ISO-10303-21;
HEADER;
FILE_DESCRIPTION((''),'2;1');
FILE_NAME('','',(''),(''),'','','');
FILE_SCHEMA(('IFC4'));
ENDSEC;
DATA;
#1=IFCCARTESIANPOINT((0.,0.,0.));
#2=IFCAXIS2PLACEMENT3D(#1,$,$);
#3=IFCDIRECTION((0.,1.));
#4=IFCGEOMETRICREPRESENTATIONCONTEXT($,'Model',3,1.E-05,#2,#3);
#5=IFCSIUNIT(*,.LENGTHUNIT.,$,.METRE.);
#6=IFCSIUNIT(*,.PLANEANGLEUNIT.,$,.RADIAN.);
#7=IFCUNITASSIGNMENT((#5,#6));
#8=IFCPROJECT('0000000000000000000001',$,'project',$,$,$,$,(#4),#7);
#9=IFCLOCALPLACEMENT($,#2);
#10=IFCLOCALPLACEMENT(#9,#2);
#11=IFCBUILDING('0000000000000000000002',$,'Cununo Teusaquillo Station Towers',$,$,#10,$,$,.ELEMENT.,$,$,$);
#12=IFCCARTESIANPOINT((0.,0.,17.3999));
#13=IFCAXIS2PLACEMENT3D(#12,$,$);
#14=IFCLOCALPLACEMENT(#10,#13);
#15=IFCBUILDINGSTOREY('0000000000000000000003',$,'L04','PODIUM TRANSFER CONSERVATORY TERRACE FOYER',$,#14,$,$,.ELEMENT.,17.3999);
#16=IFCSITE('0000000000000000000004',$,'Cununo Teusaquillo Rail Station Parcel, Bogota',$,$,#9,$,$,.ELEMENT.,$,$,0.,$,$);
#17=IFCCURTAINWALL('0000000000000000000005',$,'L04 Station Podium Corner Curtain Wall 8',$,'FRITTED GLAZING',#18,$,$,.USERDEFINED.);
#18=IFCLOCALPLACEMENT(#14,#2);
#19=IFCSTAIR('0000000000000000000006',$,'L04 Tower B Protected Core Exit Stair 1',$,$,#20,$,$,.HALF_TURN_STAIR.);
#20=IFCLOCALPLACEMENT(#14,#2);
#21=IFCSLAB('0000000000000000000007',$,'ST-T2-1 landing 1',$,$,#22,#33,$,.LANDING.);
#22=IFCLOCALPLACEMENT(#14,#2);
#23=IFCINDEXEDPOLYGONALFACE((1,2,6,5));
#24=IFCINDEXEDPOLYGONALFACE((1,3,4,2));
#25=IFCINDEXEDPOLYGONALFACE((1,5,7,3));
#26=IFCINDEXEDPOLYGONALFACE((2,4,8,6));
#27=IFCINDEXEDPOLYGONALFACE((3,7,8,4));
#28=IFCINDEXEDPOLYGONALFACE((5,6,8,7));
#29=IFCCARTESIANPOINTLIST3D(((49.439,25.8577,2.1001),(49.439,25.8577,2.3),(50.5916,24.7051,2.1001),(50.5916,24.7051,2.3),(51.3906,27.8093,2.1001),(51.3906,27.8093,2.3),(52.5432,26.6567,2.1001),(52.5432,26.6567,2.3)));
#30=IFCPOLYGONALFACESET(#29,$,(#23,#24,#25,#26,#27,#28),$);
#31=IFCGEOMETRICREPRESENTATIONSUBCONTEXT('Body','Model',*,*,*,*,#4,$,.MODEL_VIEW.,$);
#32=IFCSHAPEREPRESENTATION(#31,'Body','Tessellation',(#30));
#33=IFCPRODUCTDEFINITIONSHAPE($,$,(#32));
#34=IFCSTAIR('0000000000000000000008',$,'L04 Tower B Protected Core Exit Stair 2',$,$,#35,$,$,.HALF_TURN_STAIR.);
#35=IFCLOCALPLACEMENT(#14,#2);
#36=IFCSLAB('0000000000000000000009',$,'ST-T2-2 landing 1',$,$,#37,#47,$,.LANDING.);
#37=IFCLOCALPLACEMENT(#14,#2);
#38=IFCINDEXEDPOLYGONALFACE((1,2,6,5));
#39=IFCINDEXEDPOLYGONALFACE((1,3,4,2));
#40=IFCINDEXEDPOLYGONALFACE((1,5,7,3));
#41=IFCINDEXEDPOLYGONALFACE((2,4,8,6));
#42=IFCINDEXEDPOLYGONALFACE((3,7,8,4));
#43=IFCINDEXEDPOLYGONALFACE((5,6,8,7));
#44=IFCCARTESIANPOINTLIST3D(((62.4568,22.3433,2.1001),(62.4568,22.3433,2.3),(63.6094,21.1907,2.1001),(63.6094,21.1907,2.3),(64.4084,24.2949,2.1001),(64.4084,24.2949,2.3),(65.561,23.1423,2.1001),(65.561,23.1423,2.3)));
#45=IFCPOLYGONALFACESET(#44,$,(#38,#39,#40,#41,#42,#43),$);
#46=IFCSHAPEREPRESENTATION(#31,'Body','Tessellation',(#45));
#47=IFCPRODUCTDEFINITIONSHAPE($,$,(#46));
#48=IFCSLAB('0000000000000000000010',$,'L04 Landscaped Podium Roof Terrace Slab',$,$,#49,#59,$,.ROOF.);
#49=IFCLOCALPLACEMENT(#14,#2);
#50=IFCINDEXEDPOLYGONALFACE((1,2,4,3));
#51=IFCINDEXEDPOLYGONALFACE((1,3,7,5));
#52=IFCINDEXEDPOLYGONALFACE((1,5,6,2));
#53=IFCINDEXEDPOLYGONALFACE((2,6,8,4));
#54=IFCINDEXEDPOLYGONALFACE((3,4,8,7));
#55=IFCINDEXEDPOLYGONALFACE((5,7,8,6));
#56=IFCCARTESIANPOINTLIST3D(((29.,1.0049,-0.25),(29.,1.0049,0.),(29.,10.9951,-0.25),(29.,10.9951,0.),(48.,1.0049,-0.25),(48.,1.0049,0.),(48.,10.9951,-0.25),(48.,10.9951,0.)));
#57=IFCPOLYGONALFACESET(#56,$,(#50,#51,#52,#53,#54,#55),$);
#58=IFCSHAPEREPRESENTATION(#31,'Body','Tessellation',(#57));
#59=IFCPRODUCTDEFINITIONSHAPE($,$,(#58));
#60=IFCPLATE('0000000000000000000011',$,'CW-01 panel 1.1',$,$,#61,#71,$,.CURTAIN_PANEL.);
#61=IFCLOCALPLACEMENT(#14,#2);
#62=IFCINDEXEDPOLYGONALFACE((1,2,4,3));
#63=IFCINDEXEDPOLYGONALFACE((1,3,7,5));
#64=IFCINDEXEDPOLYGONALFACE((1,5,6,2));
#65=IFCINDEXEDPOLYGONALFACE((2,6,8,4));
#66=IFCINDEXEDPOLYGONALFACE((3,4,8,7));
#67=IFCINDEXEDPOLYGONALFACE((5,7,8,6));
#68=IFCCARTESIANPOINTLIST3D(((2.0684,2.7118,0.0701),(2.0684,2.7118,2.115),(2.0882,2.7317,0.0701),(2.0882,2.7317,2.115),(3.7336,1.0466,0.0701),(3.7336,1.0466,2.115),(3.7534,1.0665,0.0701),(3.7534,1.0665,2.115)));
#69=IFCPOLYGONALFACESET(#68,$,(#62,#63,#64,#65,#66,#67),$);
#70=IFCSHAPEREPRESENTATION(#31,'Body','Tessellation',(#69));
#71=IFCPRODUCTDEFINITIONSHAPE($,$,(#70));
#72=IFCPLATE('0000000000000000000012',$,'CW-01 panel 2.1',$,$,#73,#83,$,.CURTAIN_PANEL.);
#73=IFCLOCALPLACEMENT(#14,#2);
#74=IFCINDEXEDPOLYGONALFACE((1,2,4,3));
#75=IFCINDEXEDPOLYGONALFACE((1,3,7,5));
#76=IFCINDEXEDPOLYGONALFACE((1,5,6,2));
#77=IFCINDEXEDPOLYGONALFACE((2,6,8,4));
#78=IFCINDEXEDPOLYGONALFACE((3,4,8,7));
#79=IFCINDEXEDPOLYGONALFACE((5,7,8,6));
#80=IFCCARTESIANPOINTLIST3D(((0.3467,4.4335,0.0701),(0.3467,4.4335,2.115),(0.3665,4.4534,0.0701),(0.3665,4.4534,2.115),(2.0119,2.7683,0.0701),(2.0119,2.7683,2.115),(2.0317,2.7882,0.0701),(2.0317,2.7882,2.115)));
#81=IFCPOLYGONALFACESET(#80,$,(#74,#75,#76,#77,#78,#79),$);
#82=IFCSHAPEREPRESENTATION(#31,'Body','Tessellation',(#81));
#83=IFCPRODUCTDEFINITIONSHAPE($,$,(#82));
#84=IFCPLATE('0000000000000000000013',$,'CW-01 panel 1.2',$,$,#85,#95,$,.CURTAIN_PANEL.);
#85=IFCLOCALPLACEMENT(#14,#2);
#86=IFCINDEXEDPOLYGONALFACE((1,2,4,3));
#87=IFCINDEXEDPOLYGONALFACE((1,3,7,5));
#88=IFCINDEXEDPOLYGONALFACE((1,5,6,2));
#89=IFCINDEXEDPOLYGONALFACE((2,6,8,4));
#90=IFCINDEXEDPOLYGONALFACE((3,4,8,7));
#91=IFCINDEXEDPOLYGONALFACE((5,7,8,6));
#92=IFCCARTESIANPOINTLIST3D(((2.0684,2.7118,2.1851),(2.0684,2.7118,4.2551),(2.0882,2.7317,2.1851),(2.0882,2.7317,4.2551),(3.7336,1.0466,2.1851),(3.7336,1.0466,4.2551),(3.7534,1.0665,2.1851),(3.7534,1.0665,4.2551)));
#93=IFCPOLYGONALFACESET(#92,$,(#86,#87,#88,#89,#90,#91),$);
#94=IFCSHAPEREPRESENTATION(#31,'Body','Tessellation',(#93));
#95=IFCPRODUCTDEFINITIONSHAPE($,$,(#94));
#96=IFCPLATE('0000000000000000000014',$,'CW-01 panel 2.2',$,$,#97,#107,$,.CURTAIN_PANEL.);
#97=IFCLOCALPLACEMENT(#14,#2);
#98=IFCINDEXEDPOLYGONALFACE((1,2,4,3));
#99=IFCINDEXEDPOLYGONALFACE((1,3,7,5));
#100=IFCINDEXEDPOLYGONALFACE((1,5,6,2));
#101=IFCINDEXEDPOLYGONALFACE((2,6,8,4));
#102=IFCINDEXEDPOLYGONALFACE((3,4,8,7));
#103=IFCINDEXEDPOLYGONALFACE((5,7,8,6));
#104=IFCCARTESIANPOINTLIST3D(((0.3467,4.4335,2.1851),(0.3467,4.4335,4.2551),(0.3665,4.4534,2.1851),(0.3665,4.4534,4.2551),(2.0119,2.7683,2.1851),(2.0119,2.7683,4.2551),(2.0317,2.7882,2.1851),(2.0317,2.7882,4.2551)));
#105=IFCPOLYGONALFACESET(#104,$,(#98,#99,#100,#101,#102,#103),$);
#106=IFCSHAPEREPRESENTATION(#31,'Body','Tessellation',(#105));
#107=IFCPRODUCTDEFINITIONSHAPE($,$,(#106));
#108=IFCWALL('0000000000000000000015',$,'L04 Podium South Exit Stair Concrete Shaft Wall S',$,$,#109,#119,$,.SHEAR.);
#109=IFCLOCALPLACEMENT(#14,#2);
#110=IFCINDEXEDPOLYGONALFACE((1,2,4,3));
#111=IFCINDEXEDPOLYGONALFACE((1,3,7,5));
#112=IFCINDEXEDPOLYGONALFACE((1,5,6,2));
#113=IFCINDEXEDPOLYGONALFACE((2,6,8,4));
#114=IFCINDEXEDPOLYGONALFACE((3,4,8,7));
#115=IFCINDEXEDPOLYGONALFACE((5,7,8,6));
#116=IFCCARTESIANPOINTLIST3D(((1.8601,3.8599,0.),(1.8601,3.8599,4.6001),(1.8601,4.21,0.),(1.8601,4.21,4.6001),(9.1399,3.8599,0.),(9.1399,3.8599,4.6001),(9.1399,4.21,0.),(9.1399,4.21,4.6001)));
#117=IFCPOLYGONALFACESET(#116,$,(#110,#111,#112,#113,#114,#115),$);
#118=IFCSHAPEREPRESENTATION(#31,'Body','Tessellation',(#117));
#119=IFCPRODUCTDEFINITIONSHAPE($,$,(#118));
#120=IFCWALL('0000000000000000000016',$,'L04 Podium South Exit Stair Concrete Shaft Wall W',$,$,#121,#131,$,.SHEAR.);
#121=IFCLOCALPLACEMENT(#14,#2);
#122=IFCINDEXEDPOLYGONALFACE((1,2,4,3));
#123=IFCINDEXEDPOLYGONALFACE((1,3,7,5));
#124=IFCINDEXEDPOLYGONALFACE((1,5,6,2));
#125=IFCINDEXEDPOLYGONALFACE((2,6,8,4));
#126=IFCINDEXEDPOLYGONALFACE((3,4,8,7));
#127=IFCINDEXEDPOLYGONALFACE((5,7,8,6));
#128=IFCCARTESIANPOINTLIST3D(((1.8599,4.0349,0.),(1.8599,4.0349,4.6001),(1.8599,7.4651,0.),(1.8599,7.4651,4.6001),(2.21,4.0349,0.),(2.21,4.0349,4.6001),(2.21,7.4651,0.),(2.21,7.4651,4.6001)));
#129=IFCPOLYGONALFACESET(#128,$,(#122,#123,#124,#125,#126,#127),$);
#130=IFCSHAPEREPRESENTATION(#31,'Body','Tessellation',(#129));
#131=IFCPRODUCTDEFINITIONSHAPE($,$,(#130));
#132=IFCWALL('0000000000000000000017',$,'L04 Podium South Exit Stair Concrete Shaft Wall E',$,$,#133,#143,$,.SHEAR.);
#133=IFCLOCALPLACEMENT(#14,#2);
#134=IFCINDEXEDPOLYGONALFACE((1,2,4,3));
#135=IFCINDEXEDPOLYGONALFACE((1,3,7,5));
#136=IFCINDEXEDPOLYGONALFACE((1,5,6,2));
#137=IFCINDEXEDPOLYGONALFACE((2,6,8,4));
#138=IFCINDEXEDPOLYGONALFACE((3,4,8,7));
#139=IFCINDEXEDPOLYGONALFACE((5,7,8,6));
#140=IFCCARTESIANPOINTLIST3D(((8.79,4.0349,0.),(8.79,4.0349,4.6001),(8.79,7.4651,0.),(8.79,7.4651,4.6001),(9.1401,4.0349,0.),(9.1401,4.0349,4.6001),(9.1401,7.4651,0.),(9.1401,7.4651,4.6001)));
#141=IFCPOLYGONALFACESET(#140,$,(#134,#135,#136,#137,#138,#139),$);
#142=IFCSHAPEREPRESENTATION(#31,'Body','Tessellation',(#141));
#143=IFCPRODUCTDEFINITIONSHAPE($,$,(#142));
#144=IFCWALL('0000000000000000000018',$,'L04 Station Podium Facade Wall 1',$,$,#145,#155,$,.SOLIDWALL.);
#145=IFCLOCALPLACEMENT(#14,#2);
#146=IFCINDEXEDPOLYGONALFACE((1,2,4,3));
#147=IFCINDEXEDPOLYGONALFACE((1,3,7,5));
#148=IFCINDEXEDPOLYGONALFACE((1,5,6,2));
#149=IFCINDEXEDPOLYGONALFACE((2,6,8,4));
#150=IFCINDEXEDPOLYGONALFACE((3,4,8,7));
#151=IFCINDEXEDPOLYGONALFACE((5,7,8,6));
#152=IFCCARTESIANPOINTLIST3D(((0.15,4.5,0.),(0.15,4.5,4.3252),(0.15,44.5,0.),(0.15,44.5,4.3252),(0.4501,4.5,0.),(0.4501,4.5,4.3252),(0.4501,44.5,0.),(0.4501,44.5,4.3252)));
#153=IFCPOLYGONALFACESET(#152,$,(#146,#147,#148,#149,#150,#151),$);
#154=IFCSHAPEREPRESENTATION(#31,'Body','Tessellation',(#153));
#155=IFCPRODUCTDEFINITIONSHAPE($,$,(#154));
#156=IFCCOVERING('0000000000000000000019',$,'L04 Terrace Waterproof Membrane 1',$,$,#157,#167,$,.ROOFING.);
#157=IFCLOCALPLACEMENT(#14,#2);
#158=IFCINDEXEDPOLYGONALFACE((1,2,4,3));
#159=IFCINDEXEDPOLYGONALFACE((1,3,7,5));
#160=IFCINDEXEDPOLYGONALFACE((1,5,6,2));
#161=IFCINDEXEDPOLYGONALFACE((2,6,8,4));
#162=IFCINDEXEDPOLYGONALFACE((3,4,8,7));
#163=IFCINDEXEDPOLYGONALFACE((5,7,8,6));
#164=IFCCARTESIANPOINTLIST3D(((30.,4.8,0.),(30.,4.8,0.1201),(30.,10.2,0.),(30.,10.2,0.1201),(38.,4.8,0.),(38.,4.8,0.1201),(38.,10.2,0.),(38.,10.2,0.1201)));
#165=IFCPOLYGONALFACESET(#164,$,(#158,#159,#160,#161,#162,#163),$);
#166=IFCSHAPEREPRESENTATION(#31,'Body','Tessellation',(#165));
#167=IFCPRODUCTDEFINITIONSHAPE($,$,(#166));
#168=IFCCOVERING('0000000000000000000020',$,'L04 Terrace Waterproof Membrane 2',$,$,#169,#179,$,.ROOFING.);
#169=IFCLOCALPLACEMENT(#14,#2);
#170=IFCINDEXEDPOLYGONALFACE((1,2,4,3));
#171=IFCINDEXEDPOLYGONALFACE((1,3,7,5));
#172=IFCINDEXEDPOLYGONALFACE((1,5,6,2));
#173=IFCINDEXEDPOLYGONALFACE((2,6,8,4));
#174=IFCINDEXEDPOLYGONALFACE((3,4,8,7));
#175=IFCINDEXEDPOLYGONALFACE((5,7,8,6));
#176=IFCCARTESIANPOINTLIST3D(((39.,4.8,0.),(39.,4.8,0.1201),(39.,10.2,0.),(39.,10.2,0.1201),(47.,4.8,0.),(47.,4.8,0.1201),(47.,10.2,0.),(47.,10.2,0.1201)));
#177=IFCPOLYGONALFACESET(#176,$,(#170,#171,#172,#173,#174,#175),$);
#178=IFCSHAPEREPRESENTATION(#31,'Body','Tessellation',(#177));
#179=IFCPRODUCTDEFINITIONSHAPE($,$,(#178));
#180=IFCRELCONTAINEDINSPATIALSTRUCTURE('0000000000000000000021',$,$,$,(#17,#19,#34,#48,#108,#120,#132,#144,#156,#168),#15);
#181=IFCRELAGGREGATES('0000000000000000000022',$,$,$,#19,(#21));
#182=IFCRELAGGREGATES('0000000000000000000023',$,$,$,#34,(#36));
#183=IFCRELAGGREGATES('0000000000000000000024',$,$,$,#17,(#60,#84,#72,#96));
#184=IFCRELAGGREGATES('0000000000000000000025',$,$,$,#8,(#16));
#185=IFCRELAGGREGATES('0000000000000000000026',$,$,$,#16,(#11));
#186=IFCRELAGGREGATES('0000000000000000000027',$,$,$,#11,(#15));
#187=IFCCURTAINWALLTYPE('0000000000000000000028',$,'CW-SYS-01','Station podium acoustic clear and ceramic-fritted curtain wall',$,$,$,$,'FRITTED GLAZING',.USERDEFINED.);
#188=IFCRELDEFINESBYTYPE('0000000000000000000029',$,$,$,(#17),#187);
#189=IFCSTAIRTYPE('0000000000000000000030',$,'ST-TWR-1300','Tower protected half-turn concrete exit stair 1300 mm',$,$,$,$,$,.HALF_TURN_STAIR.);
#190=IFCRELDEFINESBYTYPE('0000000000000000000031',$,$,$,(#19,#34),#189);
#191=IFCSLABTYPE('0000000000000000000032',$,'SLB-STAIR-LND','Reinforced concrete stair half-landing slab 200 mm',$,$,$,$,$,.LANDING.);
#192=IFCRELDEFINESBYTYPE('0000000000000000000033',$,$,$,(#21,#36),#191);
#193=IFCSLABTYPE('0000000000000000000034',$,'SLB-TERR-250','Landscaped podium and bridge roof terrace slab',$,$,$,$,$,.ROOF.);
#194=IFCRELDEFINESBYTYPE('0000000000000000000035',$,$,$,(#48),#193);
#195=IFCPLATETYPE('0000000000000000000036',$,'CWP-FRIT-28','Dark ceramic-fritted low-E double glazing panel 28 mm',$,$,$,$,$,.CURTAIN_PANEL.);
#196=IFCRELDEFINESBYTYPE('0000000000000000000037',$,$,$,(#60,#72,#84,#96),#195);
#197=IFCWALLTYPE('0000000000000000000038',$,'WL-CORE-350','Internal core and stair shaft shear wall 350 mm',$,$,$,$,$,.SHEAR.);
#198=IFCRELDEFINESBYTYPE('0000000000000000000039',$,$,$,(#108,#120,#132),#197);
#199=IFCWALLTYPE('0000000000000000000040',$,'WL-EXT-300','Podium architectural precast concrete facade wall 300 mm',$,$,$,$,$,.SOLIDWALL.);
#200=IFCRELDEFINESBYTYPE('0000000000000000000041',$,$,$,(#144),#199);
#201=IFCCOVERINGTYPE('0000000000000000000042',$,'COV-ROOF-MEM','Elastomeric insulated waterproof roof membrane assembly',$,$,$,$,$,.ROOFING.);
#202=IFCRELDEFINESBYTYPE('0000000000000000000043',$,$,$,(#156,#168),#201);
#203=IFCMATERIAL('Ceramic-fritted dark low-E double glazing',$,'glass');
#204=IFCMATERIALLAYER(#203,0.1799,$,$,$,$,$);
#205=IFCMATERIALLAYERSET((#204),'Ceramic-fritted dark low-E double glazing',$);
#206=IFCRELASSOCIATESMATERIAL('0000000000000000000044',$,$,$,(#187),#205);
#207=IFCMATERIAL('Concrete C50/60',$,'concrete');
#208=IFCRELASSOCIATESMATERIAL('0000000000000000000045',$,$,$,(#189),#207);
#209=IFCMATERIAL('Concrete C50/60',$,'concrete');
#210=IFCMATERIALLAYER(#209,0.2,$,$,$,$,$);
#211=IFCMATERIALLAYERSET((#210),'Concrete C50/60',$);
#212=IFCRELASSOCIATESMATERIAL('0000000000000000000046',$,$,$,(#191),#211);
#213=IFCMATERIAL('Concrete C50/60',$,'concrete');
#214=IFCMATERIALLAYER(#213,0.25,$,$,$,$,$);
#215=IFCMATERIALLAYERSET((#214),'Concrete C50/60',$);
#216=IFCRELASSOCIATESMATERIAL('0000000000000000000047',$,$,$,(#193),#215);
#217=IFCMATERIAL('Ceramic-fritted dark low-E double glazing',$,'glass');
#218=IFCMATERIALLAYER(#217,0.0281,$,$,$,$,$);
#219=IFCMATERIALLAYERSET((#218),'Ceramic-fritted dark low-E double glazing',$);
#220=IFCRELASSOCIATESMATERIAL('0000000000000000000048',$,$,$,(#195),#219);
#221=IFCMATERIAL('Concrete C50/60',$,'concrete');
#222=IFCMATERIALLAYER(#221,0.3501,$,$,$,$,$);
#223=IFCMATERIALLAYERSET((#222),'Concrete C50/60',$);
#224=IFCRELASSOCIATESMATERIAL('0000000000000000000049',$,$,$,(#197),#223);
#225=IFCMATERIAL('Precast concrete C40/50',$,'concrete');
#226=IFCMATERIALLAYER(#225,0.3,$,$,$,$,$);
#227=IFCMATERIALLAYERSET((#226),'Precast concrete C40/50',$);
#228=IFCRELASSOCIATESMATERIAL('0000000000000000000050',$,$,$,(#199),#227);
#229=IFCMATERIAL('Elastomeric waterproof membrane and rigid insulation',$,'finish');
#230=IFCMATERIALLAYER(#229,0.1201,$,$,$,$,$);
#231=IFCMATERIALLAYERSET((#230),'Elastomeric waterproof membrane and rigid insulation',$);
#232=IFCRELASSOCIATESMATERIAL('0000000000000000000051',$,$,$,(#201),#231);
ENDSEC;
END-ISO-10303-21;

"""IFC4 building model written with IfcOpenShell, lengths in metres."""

from ifc_helpers import new_model, si_unit, direction, frame, frame_2d, origin, origin_2d, place, context, subcontext, project, spatial, polyline, rectangle, outline, extrude, source, transform, mapped, material, layer, layer_set, type_object, element, aggregate, save


model = new_model("IFC4")

# Units and contexts
model_context = context("Model", 3, precision=1e-05, world=origin(), true_north=direction((0.0, 1.0)))
body_context = subcontext(model_context, "Body", "Model", "MODEL_VIEW")
ifc_project = project(units=[si_unit("LENGTHUNIT", "METRE"), si_unit("PLANEANGLEUNIT", "RADIAN")], contexts=[model_context])

# Site, building, storey
site_placement = place(None, origin())
site = spatial("IfcSite", under=ifc_project, at=site_placement, Name="Cununo Teusaquillo Rail Station Parcel, Bogota", CompositionType="ELEMENT", RefElevation=0.0)
building_placement = place(site_placement, origin())
building = spatial("IfcBuilding", under=site, at=building_placement, Name="Cununo Teusaquillo Station Towers", CompositionType="ELEMENT")
storey_placement = place(building_placement, frame((0.0, 0.0, 17.3999)))
storey = spatial("IfcBuildingStorey", under=building, at=storey_placement, Name="L04", Description="PODIUM TRANSFER CONSERVATORY TERRACE FOYER", CompositionType="ELEMENT", Elevation=17.3999)

# Curtain wall
ifc_material_1 = material(Name="Ceramic-fritted dark low-E double glazing", Category="glass")
ifc_layer_1 = layer(ifc_material_1, 0.1799)
ifc_layer_set_1 = layer_set([ifc_layer_1], Name="Ceramic-fritted dark low-E double glazing")
curtain_wall_type = type_object("IfcCurtainWallType", Name="CW-SYS-01", Description="Station podium acoustic clear and ceramic-fritted curtain wall", ElementType="FRITTED GLAZING", PredefinedType="USERDEFINED", material=ifc_layer_set_1)
curtain_wall_placement = place(storey_placement, origin())
curtain_wall = element("IfcCurtainWall", 1, at=curtain_wall_placement, inside=storey, type_object=curtain_wall_type, Name="L04 Station Podium Corner Curtain Wall 8", ObjectType="FRITTED GLAZING", PredefinedType="USERDEFINED")

# Stairs, slabs
ifc_material_2 = material(Name="Concrete C50/60", Category="concrete")
stair_type = type_object("IfcStairType", Name="ST-TWR-1300", Description="Tower protected half-turn concrete exit stair 1300 mm", PredefinedType="HALF_TURN_STAIR", material=ifc_material_2)
ifc_material_3 = material(Name="Concrete C50/60", Category="concrete")
ifc_layer_2 = layer(ifc_material_3, 0.2)
ifc_layer_set_2 = layer_set([ifc_layer_2], Name="Concrete C50/60")
slab_type_1 = type_object("IfcSlabType", Name="SLB-STAIR-LND", Description="Reinforced concrete stair half-landing slab 200 mm", PredefinedType="LANDING", material=ifc_layer_set_2)
stair_1_placement = place(storey_placement, origin())
stair_1 = element("IfcStair", 2, at=stair_1_placement, inside=storey, type_object=stair_type, Name="L04 Tower B Protected Core Exit Stair 1", PredefinedType="HALF_TURN_STAIR")
slab_1_placement = place(storey_placement, frame((0.0, 0.0, 2.1001)))
slab_1 = element("IfcSlab", 3, at=slab_1_placement, type_object=slab_type_1, Name="ST-T2-1 landing 1", PredefinedType="LANDING", context=body_context, shape_type="SweptSolid", body=[
    extrude(outline(polyline([(52.5432, 26.6567), (51.3906, 27.8093), (49.439, 25.8577), (50.5916, 24.7051), (52.5432, 26.6567)])), origin(), (0.0, 0.0, 1.0), 0.2),
])
aggregate(stair_1, [slab_1])
stair_2_placement = place(storey_placement, origin())
stair_2 = element("IfcStair", 4, at=stair_2_placement, inside=storey, type_object=stair_type, Name="L04 Tower B Protected Core Exit Stair 2", PredefinedType="HALF_TURN_STAIR")
slab_2_placement = place(storey_placement, frame((0.0, 0.0, 2.1001)))
slab_2 = element("IfcSlab", 5, at=slab_2_placement, type_object=slab_type_1, Name="ST-T2-2 landing 1", PredefinedType="LANDING", context=body_context, shape_type="SweptSolid", body=[
    extrude(outline(polyline([(62.4568, 22.3433), (63.6094, 21.1907), (65.561, 23.1423), (64.4084, 24.2949), (62.4568, 22.3433)])), origin(), (0.0, 0.0, 1.0), 0.2),
])
aggregate(stair_2, [slab_2])

# Slab
ifc_material_4 = material(Name="Concrete C50/60", Category="concrete")
ifc_layer_3 = layer(ifc_material_4, 0.25)
ifc_layer_set_3 = layer_set([ifc_layer_3], Name="Concrete C50/60")
slab_type_2 = type_object("IfcSlabType", Name="SLB-TERR-250", Description="Landscaped podium and bridge roof terrace slab", PredefinedType="ROOF", material=ifc_layer_set_3)
slab_3_placement = place(storey_placement, frame((0.0, 0.0, -0.25)))
element("IfcSlab", 6, at=slab_3_placement, inside=storey, type_object=slab_type_2, Name="L04 Landscaped Podium Roof Terrace Slab", PredefinedType="ROOF", context=body_context, shape_type="SweptSolid", body=[
    extrude(outline(polyline([(29.0, 1.0049), (48.0, 1.0049), (48.0, 10.9951), (29.0, 10.9951), (29.0, 1.0049)])), origin(), (0.0, 0.0, 1.0), 0.25),
])

# Plates
ifc_material_5 = material(Name="Ceramic-fritted dark low-E double glazing", Category="glass")
ifc_layer_4 = layer(ifc_material_5, 0.0281)
ifc_layer_set_4 = layer_set([ifc_layer_4], Name="Ceramic-fritted dark low-E double glazing")
plate_type = type_object("IfcPlateType", Name="CWP-FRIT-28", Description="Dark ceramic-fritted low-E double glazing panel 28 mm", PredefinedType="CURTAIN_PANEL", material=ifc_layer_set_4)
shared_shape_1 = source(origin(), body_context, "Body", "SweptSolid", [
    extrude(rectangle(XDim=2.355, YDim=0.0281, at=origin_2d()), origin(), (0.0, 0.0, 1.0), 2.0449),
])
plate_1_placement = place(storey_placement, frame((2.9109, 1.8892, 0.0701), z_axis=(0.0, 0.0, 1.0), x_axis=(-0.707107, 0.707107, 0.0)))
plate_1 = element("IfcPlate", 7, at=plate_1_placement, type_object=plate_type, Name="CW-01 panel 1.1", PredefinedType="CURTAIN_PANEL", context=body_context, shape_type="MappedRepresentation", body=[
    mapped(shared_shape_1, transform((0.0, 0.0, 0.0), x_axis=(1.0, 0.0, 0.0), y_axis=(0.0, 1.0, 0.0), z_axis=(0.0, 0.0, 1.0), scale=1.0)),
])
plate_2_placement = place(storey_placement, frame((1.1892, 3.6108, 0.0701), z_axis=(0.0, 0.0, 1.0), x_axis=(-0.707107, 0.707107, 0.0)))
plate_2 = element("IfcPlate", 8, at=plate_2_placement, type_object=plate_type, Name="CW-01 panel 2.1", PredefinedType="CURTAIN_PANEL", context=body_context, shape_type="MappedRepresentation", body=[
    mapped(shared_shape_1, transform((0.0, 0.0, 0.0), x_axis=(1.0, 0.0, 0.0), y_axis=(0.0, 1.0, 0.0), z_axis=(0.0, 0.0, 1.0), scale=1.0)),
])
shared_shape_2 = source(origin(), body_context, "Body", "SweptSolid", [
    extrude(rectangle(XDim=2.355, YDim=0.0281, at=origin_2d()), origin(), (0.0, 0.0, 1.0), 2.0701),
])
plate_3_placement = place(storey_placement, frame((2.9109, 1.8892, 2.1851), z_axis=(0.0, 0.0, 1.0), x_axis=(-0.707107, 0.707107, 0.0)))
plate_3 = element("IfcPlate", 9, at=plate_3_placement, type_object=plate_type, Name="CW-01 panel 1.2", PredefinedType="CURTAIN_PANEL", context=body_context, shape_type="MappedRepresentation", body=[
    mapped(shared_shape_2, transform((0.0, 0.0, 0.0), x_axis=(1.0, 0.0, 0.0), y_axis=(0.0, 1.0, 0.0), z_axis=(0.0, 0.0, 1.0), scale=1.0)),
])
plate_4_placement = place(storey_placement, frame((1.1892, 3.6108, 2.1851), z_axis=(0.0, 0.0, 1.0), x_axis=(-0.707107, 0.707107, 0.0)))
plate_4 = element("IfcPlate", 10, at=plate_4_placement, type_object=plate_type, Name="CW-01 panel 2.2", PredefinedType="CURTAIN_PANEL", context=body_context, shape_type="MappedRepresentation", body=[
    mapped(shared_shape_2, transform((0.0, 0.0, 0.0), x_axis=(1.0, 0.0, 0.0), y_axis=(0.0, 1.0, 0.0), z_axis=(0.0, 0.0, 1.0), scale=1.0)),
])
aggregate(curtain_wall, [plate_1, plate_3, plate_2, plate_4])

# Walls
ifc_material_6 = material(Name="Concrete C50/60", Category="concrete")
ifc_layer_5 = layer(ifc_material_6, 0.3501)
ifc_layer_set_5 = layer_set([ifc_layer_5], Name="Concrete C50/60")
wall_type_1 = type_object("IfcWallType", Name="WL-CORE-350", Description="Internal core and stair shaft shear wall 350 mm", PredefinedType="SHEAR", material=ifc_layer_set_5)
wall_1_placement = place(storey_placement, frame((1.8601, 4.0349, 0.0), z_axis=(0.0, 0.0, 1.0), x_axis=(1.0, 0.0, 0.0)))
element("IfcWall", 11, at=wall_1_placement, inside=storey, type_object=wall_type_1, Name="L04 Podium South Exit Stair Concrete Shaft Wall S", PredefinedType="SHEAR", context=body_context, shape_type="SweptSolid", body=[
    extrude(rectangle(XDim=7.2798, YDim=0.3501, at=frame_2d((3.6399, 0.0))), origin(), (0.0, 0.0, 1.0), 4.6001),
])
for number, where, z_axis, x_axis, name in (
    (12, (2.0349, 4.0349, 0.0), (0.0, 0.0, 1.0), (0.0, 1.0, 0.0), "L04 Podium South Exit Stair Concrete Shaft Wall W"),
    (13, (8.9651, 4.0349, 0.0), (0.0, 0.0, 1.0), (0.0, 1.0, 0.0), "L04 Podium South Exit Stair Concrete Shaft Wall E"),
):
    element("IfcWall", number, at=place(storey_placement, frame(where, z_axis=z_axis, x_axis=x_axis)), inside=storey, type_object=wall_type_1, Name=name, PredefinedType="SHEAR", context=body_context, shape_type="SweptSolid", body=[
        extrude(rectangle(XDim=3.4302, YDim=0.3501, at=frame_2d((1.7151, 0.0))), origin(), (0.0, 0.0, 1.0), 4.6001),
    ])
ifc_material_7 = material(Name="Precast concrete C40/50", Category="concrete")
ifc_layer_6 = layer(ifc_material_7, 0.3)
ifc_layer_set_6 = layer_set([ifc_layer_6], Name="Precast concrete C40/50")
wall_type_2 = type_object("IfcWallType", Name="WL-EXT-300", Description="Podium architectural precast concrete facade wall 300 mm", PredefinedType="SOLIDWALL", material=ifc_layer_set_6)
wall_2_placement = place(storey_placement, frame((0.3, 4.5, 0.0), z_axis=(0.0, 0.0, 1.0), x_axis=(0.0, 1.0, 0.0)))
element("IfcWall", 14, at=wall_2_placement, inside=storey, type_object=wall_type_2, Name="L04 Station Podium Facade Wall 1", PredefinedType="SOLIDWALL", context=body_context, shape_type="SweptSolid", body=[
    extrude(rectangle(XDim=40.0, YDim=0.3, at=frame_2d((20.0, 0.0))), origin(), (0.0, 0.0, 1.0), 4.3252),
])

# Coverings
ifc_material_8 = material(Name="Elastomeric waterproof membrane and rigid insulation", Category="finish")
ifc_layer_7 = layer(ifc_material_8, 0.1201)
ifc_layer_set_7 = layer_set([ifc_layer_7], Name="Elastomeric waterproof membrane and rigid insulation")
covering_type = type_object("IfcCoveringType", Name="COV-ROOF-MEM", Description="Elastomeric insulated waterproof roof membrane assembly", PredefinedType="ROOFING", material=ifc_layer_set_7)
covering_1_placement = place(storey_placement, origin())
element("IfcCovering", 15, at=covering_1_placement, inside=storey, type_object=covering_type, Name="L04 Terrace Waterproof Membrane 1", PredefinedType="ROOFING", context=body_context, shape_type="SweptSolid", body=[
    extrude(outline(polyline([(30.0, 4.8), (38.0, 4.8), (38.0, 10.2), (30.0, 10.2), (30.0, 4.8)])), origin(), (0.0, 0.0, 1.0), 0.1201),
])
covering_2_placement = place(storey_placement, origin())
element("IfcCovering", 16, at=covering_2_placement, inside=storey, type_object=covering_type, Name="L04 Terrace Waterproof Membrane 2", PredefinedType="ROOFING", context=body_context, shape_type="SweptSolid", body=[
    extrude(outline(polyline([(39.0, 4.8), (47.0, 4.8), (47.0, 10.2), (39.0, 10.2), (39.0, 4.8)])), origin(), (0.0, 0.0, 1.0), 0.1201),
])

save(model, "model.ifc")
